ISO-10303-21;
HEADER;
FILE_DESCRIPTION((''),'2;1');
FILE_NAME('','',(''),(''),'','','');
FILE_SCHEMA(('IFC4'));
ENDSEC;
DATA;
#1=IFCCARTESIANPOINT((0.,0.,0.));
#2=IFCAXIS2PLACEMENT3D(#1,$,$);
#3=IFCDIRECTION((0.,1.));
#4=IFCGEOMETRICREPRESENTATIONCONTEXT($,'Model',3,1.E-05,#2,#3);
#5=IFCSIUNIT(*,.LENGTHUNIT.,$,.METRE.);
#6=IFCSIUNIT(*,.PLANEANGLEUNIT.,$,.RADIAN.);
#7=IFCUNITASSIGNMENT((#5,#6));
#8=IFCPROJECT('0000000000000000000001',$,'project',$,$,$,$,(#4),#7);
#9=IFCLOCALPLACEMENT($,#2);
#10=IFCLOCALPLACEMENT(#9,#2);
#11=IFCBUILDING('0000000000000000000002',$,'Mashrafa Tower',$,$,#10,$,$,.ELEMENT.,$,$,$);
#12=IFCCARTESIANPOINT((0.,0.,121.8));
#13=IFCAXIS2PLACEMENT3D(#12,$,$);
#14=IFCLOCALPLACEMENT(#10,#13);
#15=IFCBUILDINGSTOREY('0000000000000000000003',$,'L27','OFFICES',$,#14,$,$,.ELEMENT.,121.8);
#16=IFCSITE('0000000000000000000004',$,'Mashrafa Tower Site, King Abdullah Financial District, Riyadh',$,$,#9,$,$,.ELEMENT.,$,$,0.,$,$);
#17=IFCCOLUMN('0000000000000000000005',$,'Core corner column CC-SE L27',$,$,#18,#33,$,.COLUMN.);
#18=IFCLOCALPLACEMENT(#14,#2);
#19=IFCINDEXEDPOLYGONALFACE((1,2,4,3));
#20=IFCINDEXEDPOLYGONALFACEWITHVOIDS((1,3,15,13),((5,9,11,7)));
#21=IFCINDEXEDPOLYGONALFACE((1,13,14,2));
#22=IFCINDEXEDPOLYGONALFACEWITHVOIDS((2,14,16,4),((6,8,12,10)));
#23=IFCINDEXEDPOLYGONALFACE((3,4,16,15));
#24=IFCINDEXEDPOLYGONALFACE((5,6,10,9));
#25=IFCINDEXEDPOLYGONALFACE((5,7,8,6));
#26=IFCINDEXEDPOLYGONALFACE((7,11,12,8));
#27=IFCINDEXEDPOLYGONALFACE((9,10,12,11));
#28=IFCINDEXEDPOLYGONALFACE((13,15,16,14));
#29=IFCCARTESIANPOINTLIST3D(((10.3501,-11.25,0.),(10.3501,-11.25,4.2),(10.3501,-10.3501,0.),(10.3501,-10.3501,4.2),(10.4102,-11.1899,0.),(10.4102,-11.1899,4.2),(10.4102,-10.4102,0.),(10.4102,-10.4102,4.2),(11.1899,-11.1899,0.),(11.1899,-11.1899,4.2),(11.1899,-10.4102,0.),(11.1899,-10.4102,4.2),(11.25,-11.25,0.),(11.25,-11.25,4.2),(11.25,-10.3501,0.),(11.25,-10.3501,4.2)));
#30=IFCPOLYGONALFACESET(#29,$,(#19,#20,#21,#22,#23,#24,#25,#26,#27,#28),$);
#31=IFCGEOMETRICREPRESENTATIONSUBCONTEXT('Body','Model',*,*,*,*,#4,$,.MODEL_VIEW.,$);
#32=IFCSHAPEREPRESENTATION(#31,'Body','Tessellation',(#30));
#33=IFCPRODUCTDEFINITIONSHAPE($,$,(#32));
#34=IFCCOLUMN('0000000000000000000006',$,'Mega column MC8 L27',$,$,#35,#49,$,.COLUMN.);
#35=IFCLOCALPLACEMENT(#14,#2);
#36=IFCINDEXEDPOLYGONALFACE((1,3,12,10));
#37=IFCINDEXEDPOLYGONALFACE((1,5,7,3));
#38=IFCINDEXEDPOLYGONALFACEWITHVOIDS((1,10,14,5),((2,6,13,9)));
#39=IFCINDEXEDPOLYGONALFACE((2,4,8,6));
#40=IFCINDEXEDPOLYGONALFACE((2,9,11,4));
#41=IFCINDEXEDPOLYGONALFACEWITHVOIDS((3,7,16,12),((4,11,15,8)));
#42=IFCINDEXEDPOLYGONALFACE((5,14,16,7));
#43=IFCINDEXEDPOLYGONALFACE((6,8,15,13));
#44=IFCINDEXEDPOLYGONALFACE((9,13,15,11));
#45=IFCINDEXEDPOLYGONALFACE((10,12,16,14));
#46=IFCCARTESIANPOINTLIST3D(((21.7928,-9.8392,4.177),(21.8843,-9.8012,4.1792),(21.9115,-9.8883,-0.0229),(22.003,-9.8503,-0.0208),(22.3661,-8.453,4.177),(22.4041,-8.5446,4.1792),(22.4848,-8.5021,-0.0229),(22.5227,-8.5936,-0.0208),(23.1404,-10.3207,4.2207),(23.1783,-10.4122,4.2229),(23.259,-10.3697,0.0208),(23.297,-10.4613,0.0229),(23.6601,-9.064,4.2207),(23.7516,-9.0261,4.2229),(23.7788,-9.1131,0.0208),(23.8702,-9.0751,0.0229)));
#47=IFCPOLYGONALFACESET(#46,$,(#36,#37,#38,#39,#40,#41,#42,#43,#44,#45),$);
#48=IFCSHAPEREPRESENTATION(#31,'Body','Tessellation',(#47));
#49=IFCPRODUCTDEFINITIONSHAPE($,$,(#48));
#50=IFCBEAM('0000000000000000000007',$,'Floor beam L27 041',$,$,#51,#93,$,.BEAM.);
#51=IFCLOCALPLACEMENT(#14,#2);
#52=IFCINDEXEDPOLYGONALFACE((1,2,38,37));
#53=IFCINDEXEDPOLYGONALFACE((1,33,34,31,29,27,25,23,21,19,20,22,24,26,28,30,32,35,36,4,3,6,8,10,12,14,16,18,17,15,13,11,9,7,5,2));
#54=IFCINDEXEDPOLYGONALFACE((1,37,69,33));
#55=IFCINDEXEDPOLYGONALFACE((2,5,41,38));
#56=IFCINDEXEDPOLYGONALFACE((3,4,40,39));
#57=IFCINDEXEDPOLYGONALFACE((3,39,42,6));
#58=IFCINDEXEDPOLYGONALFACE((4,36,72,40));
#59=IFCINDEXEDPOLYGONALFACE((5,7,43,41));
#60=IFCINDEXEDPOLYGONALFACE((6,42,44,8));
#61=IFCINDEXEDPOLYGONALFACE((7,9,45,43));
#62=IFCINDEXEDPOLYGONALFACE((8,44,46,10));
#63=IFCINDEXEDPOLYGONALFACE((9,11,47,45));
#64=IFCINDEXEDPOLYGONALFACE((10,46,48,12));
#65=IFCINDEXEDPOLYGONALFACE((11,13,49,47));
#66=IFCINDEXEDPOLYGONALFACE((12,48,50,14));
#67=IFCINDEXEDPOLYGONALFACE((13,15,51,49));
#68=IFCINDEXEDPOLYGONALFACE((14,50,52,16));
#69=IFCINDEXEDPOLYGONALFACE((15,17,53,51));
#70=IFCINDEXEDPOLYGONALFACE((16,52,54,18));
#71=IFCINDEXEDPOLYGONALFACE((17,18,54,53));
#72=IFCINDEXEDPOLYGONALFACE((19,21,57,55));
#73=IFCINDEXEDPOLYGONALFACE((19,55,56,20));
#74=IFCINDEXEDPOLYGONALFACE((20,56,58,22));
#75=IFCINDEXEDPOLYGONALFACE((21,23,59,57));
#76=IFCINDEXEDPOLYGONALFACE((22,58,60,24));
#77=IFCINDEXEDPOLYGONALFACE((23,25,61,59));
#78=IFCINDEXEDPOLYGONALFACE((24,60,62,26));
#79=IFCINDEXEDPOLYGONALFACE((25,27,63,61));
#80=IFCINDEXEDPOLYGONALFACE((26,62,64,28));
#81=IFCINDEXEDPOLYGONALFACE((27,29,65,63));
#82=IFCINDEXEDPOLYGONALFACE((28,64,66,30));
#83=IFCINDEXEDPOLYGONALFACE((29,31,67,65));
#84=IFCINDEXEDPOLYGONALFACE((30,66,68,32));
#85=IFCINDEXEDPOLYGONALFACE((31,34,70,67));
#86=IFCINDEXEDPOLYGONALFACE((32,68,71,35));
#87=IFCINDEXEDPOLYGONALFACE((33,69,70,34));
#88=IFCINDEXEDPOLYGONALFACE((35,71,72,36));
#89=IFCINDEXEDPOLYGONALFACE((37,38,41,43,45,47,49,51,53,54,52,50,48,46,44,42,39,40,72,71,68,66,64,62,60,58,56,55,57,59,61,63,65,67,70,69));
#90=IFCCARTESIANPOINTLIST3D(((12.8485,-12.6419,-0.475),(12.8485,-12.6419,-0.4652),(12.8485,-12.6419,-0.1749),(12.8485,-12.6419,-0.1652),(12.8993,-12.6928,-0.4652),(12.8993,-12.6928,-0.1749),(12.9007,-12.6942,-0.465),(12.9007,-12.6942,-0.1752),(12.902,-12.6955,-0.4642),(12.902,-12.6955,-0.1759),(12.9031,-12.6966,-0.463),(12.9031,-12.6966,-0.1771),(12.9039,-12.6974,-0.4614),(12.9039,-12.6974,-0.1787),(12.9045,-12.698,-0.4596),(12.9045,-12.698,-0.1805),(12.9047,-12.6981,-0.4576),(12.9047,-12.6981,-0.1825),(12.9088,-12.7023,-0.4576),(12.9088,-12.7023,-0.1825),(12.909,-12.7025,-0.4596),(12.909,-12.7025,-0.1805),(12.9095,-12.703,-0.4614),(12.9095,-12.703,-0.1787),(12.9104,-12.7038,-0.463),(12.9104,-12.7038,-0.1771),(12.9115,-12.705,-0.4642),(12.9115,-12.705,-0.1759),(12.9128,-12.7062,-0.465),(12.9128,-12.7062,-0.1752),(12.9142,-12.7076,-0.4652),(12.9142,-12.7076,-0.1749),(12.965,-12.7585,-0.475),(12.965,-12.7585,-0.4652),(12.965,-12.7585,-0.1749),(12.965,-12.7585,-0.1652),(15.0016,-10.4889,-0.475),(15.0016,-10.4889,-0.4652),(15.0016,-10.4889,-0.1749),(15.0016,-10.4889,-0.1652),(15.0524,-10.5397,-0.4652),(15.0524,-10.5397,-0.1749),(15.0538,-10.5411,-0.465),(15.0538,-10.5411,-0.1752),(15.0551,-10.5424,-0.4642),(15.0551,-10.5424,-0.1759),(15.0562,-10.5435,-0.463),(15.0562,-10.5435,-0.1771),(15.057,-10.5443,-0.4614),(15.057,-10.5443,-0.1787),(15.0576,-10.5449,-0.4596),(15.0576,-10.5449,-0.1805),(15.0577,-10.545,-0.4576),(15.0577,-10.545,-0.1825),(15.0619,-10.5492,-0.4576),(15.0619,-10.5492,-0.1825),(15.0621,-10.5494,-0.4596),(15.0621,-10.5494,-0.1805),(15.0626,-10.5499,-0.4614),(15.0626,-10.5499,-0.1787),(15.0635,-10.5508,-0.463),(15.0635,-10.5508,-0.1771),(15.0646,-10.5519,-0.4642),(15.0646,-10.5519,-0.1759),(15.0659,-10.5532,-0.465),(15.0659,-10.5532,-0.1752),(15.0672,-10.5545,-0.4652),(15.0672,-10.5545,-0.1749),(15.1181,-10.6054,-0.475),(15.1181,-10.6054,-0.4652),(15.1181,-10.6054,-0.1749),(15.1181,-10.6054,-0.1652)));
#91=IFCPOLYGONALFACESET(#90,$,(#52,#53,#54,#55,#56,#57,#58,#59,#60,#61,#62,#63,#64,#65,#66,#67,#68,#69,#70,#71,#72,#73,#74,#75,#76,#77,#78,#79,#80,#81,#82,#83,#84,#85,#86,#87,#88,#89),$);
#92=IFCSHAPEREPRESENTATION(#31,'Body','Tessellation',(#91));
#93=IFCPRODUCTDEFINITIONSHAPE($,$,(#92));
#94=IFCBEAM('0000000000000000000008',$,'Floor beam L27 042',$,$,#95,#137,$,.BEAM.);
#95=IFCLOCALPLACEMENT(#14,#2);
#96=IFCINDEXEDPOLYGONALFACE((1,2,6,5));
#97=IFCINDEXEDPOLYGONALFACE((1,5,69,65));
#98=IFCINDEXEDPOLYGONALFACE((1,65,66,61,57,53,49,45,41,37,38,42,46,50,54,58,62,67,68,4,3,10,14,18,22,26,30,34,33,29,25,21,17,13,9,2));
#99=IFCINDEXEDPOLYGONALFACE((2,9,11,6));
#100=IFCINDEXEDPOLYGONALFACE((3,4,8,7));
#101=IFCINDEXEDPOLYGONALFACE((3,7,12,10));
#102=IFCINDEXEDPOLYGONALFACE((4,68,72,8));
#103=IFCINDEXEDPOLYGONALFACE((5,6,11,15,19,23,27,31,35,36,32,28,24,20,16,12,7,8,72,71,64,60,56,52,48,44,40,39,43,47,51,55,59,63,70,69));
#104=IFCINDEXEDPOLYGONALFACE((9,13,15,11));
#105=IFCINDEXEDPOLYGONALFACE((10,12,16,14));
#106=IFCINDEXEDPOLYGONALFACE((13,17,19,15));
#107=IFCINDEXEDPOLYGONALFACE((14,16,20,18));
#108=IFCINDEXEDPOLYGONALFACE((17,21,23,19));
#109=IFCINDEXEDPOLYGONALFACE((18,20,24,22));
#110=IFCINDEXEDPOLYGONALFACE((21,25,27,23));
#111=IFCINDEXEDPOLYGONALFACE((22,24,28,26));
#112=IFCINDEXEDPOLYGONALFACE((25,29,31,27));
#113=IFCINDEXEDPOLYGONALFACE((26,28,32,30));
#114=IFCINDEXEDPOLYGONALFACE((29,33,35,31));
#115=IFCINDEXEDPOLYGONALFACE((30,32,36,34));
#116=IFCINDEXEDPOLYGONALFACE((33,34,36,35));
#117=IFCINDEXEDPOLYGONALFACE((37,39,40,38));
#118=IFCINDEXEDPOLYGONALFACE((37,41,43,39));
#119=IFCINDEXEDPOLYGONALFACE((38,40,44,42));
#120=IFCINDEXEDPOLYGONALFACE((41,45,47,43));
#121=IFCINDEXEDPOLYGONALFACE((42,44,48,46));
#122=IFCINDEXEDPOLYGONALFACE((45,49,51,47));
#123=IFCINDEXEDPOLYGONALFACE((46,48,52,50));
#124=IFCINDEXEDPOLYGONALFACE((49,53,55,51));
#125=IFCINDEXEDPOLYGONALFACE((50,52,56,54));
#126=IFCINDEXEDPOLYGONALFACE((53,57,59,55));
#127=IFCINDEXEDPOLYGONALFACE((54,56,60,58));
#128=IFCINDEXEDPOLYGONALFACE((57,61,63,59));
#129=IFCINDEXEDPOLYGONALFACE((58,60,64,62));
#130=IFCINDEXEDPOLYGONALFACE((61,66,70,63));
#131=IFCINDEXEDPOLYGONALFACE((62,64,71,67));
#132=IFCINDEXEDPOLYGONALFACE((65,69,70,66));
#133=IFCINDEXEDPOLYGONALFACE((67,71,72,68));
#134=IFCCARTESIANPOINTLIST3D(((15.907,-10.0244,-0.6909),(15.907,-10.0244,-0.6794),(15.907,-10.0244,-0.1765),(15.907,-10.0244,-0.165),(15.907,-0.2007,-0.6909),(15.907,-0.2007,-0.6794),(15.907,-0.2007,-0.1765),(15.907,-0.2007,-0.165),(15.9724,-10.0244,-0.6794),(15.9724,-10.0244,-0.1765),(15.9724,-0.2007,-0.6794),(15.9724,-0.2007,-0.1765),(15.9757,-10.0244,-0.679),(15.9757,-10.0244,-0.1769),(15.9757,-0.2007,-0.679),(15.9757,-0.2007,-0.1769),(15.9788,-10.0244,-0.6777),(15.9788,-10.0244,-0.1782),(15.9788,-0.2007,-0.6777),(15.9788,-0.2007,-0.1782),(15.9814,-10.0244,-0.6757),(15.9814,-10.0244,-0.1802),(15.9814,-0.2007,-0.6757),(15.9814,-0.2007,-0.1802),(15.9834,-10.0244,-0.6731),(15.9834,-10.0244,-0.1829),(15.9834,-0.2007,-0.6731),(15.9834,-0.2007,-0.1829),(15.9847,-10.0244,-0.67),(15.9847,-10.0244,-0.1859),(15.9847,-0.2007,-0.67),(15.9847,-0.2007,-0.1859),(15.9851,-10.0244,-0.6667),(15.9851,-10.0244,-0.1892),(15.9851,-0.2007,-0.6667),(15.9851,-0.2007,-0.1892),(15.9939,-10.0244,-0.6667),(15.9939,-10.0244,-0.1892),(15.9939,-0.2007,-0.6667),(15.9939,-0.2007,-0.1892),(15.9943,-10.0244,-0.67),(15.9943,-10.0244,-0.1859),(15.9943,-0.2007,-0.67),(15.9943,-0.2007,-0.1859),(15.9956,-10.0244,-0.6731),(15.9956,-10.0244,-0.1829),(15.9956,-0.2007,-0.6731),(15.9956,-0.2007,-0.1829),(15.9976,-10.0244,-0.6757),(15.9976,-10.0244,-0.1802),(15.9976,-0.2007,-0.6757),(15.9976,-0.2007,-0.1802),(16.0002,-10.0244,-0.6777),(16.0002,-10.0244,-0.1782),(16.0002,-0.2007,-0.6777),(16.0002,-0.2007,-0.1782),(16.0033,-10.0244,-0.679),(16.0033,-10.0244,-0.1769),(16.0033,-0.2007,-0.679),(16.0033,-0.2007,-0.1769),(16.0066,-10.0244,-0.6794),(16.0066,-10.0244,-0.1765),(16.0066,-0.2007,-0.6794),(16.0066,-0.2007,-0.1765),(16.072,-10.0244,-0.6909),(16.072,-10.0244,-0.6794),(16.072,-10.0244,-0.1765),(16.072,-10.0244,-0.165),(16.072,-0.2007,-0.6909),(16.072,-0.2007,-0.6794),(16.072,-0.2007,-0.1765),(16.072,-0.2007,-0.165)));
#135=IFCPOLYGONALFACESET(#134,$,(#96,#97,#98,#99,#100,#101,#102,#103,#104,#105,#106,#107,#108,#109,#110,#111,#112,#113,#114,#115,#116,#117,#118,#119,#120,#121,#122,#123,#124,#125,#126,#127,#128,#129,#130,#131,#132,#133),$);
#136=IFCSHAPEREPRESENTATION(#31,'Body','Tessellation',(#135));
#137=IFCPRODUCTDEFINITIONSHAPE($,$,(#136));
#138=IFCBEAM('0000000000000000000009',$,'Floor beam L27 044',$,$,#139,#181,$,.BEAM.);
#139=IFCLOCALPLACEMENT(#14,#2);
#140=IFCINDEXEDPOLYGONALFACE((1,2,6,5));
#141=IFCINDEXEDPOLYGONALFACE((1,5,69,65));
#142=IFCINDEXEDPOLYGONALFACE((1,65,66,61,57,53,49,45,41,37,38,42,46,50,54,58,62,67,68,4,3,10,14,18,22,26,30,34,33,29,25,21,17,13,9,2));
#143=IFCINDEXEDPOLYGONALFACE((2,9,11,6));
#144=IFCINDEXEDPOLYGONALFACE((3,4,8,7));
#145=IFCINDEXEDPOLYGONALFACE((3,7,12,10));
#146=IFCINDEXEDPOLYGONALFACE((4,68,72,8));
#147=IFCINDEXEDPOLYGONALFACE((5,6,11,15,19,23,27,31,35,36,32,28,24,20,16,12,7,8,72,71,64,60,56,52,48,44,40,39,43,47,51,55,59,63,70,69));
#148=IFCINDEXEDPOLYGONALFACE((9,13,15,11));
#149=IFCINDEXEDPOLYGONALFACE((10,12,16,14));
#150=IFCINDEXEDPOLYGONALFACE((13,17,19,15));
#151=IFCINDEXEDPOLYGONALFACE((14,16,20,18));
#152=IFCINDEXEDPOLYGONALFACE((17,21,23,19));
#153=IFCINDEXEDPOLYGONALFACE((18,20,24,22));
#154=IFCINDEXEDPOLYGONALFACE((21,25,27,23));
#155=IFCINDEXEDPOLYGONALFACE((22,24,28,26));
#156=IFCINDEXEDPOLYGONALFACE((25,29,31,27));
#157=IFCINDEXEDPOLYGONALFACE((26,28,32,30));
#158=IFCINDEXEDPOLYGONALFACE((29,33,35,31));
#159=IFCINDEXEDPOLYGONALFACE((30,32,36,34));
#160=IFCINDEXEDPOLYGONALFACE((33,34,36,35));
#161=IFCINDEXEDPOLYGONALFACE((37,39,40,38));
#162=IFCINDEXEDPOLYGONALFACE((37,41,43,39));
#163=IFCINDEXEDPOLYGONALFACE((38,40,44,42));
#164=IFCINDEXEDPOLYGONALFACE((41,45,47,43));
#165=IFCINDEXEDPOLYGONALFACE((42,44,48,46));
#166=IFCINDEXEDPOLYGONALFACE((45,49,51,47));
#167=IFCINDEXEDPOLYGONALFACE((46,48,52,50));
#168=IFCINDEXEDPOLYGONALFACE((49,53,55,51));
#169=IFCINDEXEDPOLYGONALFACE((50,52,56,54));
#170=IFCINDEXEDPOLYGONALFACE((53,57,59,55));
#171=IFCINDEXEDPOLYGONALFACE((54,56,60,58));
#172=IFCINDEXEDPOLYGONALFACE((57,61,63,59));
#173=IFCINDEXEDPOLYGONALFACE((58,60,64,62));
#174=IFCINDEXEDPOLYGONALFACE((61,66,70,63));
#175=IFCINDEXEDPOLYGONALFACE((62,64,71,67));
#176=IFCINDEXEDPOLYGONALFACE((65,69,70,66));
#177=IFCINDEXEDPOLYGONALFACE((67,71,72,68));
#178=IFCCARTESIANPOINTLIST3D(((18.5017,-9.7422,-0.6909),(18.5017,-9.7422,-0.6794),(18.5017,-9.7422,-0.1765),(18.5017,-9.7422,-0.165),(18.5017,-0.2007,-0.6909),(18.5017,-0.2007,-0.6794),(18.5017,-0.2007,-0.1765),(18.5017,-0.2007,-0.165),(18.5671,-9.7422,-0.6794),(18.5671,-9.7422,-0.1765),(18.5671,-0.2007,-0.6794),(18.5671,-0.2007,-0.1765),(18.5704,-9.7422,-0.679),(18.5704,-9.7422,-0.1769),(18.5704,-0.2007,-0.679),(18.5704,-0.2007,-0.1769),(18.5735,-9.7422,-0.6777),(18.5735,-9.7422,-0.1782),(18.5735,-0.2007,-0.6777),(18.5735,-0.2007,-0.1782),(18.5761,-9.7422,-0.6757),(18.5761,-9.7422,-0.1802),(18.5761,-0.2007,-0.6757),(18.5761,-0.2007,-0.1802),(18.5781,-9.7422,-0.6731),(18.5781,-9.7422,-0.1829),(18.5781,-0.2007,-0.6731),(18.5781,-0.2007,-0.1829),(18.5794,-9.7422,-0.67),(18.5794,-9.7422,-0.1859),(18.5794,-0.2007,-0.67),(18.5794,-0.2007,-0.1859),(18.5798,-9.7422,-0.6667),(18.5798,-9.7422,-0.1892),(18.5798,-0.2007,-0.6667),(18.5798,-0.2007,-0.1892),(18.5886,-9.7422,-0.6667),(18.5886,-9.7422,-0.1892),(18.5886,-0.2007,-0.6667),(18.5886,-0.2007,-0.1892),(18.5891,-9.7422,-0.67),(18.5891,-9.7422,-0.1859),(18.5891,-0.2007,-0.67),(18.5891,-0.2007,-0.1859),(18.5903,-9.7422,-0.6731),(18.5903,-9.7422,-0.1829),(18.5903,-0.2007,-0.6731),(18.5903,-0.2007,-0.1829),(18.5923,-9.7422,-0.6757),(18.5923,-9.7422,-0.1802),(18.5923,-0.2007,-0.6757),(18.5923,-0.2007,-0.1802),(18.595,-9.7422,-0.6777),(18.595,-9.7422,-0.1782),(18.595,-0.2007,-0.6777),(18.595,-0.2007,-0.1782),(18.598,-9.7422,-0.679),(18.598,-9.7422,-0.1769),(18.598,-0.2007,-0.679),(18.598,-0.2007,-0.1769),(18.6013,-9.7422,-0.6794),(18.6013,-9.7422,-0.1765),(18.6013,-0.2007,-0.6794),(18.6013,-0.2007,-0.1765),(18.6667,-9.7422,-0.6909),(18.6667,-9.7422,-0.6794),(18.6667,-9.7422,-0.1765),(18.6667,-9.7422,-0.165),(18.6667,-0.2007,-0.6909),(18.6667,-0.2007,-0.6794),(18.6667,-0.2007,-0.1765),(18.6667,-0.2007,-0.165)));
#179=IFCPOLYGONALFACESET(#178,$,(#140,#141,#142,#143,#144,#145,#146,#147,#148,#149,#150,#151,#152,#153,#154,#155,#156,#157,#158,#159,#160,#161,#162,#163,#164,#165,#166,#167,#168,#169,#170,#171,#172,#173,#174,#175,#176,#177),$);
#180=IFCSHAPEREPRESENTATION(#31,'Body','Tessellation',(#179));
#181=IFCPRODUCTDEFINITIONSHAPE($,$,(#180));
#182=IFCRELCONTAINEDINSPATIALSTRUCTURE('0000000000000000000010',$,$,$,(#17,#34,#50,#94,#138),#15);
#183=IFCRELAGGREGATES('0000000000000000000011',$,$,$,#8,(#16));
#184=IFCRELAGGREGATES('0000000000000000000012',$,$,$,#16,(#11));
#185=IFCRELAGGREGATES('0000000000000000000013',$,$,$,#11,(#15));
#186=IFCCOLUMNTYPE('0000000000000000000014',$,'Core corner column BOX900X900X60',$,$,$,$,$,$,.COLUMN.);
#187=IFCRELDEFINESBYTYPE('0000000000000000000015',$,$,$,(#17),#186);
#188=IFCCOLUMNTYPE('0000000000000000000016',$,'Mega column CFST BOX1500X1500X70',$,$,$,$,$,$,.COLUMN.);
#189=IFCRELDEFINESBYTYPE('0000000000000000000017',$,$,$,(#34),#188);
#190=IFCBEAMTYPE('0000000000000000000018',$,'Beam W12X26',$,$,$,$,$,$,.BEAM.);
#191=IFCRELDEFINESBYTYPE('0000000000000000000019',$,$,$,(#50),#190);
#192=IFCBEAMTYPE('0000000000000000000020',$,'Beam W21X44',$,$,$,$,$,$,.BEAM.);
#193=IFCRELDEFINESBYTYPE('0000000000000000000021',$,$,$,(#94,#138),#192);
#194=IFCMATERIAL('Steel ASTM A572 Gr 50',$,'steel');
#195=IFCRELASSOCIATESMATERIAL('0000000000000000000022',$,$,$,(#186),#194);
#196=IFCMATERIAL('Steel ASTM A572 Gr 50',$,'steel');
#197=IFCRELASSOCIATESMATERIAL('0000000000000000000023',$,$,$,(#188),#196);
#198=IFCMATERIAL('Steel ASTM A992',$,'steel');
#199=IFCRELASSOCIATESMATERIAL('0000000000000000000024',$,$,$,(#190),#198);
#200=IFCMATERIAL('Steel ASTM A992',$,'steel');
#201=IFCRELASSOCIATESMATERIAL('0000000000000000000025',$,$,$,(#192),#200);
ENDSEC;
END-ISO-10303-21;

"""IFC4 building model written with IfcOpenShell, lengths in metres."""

from ifc_helpers import new_model, si_unit, direction, frame, origin, origin_2d, place, context, subcontext, project, spatial, hollow_rectangle, i_section, extrude, material, material_profile, profile_set, type_object, element, save


model = new_model("IFC4")

# Units and contexts
model_context = context("Model", 3, precision=1e-05, world=origin(), true_north=direction((0.0, 1.0)))
body_context = subcontext(model_context, "Body", "Model", "MODEL_VIEW")
ifc_project = project(units=[si_unit("LENGTHUNIT", "METRE"), si_unit("PLANEANGLEUNIT", "RADIAN")], contexts=[model_context])

# Site, building, storey
site_placement = place(None, origin())
site = spatial("IfcSite", under=ifc_project, at=site_placement, Name="Mashrafa Tower Site, King Abdullah Financial District, Riyadh", CompositionType="ELEMENT", RefElevation=0.0)
building_placement = place(site_placement, origin())
building = spatial("IfcBuilding", under=site, at=building_placement, Name="Mashrafa Tower", CompositionType="ELEMENT")
storey_placement = place(building_placement, frame((0.0, 0.0, 121.8)))
storey = spatial("IfcBuildingStorey", under=building, at=storey_placement, Name="L27", Description="OFFICES", CompositionType="ELEMENT", Elevation=121.8)

# Columns
ifc_material_1 = material(Name="Steel ASTM A572 Gr 50", Category="steel")
ifc_material_profile_1 = material_profile(ifc_material_1, hollow_rectangle(XDim=0.8999, YDim=0.8999, WallThickness=0.0601, at=origin_2d()), Name="BOX900X900X60")
ifc_profile_set_1 = profile_set([ifc_material_profile_1], Name="Steel ASTM A572 Gr 50")
column_type_1 = type_object("IfcColumnType", Name="Core corner column BOX900X900X60", PredefinedType="COLUMN", material=ifc_profile_set_1)
column_1_placement = place(storey_placement, frame((10.8, -10.8, 0.0), z_axis=(0.0, 0.0, 1.0), x_axis=(1.0, 0.0, 0.0)))
element("IfcColumn", 1, at=column_1_placement, inside=storey, type_object=column_type_1, Name="Core corner column CC-SE L27", PredefinedType="COLUMN", context=body_context, shape_type="SweptSolid", body=[
    extrude(hollow_rectangle(XDim=0.8999, YDim=0.8999, WallThickness=0.0601, at=origin_2d()), origin(), (0.0, 0.0, 1.0), 4.2),
])
ifc_material_2 = material(Name="Steel ASTM A572 Gr 50", Category="steel")
ifc_material_profile_2 = material_profile(ifc_material_2, hollow_rectangle(XDim=1.5, YDim=1.5, WallThickness=0.0701, at=origin_2d()), Name="BOX1500X1500X70")
ifc_profile_set_2 = profile_set([ifc_material_profile_2], Name="Steel ASTM A572 Gr 50")
column_type_2 = type_object("IfcColumnType", Name="Mega column CFST BOX1500X1500X70", PredefinedType="COLUMN", material=ifc_profile_set_2)
column_2_placement = place(storey_placement, frame((22.8909, -9.4817, 0.0), z_axis=(-0.028238, 0.011679, 0.999533), x_axis=(-0.382184, -0.924086, 0.0)))
element("IfcColumn", 2, at=column_2_placement, inside=storey, type_object=column_type_2, Name="Mega column MC8 L27", PredefinedType="COLUMN", context=body_context, shape_type="SweptSolid", body=[
    extrude(hollow_rectangle(XDim=1.5, YDim=1.5, WallThickness=0.0701, at=origin_2d()), origin(), (0.0, 0.0, 1.0), 4.2019),
])

# Beams
ifc_material_3 = material(Name="Steel ASTM A992", Category="steel")
ifc_material_profile_3 = material_profile(ifc_material_3, i_section(OverallWidth=0.1648, OverallDepth=0.3098, WebThickness=0.0059, FlangeThickness=0.0098, FilletRadius=0.0076, at=origin_2d()), Name="W12X26")
ifc_profile_set_3 = profile_set([ifc_material_profile_3], Name="Steel ASTM A992")
beam_type_1 = type_object("IfcBeamType", Name="Beam W12X26", PredefinedType="BEAM", material=ifc_profile_set_3)
beam_1_placement = place(storey_placement, frame((15.0598, -10.5471, -0.3201), z_axis=(-0.707107, -0.707107, 0.0), x_axis=(0.707107, -0.707107, 0.0)))
element("IfcBeam", 3, at=beam_1_placement, inside=storey, type_object=beam_type_1, Name="Floor beam L27 041", PredefinedType="BEAM", context=body_context, shape_type="SweptSolid", body=[
    extrude(i_section(OverallWidth=0.1648, OverallDepth=0.3098, WebThickness=0.0059, FlangeThickness=0.0098, FilletRadius=0.0076, at=origin_2d()), origin(), (0.0, 0.0, 1.0), 3.0449),
])
ifc_material_4 = material(Name="Steel ASTM A992", Category="steel")
ifc_material_profile_4 = material_profile(ifc_material_4, i_section(OverallWidth=0.165, OverallDepth=0.5259, WebThickness=0.0088, FlangeThickness=0.0115, FilletRadius=0.0127, at=origin_2d()), Name="W21X44")
ifc_profile_set_4 = profile_set([ifc_material_profile_4], Name="Steel ASTM A992")
beam_type_2 = type_object("IfcBeamType", Name="Beam W21X44", PredefinedType="BEAM", material=ifc_profile_set_4)
beam_2_placement = place(storey_placement, frame((15.9895, -0.2007, -0.428), z_axis=(0.0, -1.0, 0.0), x_axis=(1.0, 0.0, 0.0)))
element("IfcBeam", 4, at=beam_2_placement, inside=storey, type_object=beam_type_2, Name="Floor beam L27 042", PredefinedType="BEAM", context=body_context, shape_type="SweptSolid", body=[
    extrude(i_section(OverallWidth=0.165, OverallDepth=0.5259, WebThickness=0.0088, FlangeThickness=0.0115, FilletRadius=0.0127, at=origin_2d()), origin(), (0.0, 0.0, 1.0), 9.8237),
])
beam_3_placement = place(storey_placement, frame((18.5842, -0.2007, -0.428), z_axis=(0.0, -1.0, 0.0), x_axis=(1.0, 0.0, 0.0)))
element("IfcBeam", 5, at=beam_3_placement, inside=storey, type_object=beam_type_2, Name="Floor beam L27 044", PredefinedType="BEAM", context=body_context, shape_type="SweptSolid", body=[
    extrude(i_section(OverallWidth=0.165, OverallDepth=0.5259, WebThickness=0.0088, FlangeThickness=0.0115, FilletRadius=0.0127, at=origin_2d()), origin(), (0.0, 0.0, 1.0), 9.5415),
])

save(model, "model.ifc")
